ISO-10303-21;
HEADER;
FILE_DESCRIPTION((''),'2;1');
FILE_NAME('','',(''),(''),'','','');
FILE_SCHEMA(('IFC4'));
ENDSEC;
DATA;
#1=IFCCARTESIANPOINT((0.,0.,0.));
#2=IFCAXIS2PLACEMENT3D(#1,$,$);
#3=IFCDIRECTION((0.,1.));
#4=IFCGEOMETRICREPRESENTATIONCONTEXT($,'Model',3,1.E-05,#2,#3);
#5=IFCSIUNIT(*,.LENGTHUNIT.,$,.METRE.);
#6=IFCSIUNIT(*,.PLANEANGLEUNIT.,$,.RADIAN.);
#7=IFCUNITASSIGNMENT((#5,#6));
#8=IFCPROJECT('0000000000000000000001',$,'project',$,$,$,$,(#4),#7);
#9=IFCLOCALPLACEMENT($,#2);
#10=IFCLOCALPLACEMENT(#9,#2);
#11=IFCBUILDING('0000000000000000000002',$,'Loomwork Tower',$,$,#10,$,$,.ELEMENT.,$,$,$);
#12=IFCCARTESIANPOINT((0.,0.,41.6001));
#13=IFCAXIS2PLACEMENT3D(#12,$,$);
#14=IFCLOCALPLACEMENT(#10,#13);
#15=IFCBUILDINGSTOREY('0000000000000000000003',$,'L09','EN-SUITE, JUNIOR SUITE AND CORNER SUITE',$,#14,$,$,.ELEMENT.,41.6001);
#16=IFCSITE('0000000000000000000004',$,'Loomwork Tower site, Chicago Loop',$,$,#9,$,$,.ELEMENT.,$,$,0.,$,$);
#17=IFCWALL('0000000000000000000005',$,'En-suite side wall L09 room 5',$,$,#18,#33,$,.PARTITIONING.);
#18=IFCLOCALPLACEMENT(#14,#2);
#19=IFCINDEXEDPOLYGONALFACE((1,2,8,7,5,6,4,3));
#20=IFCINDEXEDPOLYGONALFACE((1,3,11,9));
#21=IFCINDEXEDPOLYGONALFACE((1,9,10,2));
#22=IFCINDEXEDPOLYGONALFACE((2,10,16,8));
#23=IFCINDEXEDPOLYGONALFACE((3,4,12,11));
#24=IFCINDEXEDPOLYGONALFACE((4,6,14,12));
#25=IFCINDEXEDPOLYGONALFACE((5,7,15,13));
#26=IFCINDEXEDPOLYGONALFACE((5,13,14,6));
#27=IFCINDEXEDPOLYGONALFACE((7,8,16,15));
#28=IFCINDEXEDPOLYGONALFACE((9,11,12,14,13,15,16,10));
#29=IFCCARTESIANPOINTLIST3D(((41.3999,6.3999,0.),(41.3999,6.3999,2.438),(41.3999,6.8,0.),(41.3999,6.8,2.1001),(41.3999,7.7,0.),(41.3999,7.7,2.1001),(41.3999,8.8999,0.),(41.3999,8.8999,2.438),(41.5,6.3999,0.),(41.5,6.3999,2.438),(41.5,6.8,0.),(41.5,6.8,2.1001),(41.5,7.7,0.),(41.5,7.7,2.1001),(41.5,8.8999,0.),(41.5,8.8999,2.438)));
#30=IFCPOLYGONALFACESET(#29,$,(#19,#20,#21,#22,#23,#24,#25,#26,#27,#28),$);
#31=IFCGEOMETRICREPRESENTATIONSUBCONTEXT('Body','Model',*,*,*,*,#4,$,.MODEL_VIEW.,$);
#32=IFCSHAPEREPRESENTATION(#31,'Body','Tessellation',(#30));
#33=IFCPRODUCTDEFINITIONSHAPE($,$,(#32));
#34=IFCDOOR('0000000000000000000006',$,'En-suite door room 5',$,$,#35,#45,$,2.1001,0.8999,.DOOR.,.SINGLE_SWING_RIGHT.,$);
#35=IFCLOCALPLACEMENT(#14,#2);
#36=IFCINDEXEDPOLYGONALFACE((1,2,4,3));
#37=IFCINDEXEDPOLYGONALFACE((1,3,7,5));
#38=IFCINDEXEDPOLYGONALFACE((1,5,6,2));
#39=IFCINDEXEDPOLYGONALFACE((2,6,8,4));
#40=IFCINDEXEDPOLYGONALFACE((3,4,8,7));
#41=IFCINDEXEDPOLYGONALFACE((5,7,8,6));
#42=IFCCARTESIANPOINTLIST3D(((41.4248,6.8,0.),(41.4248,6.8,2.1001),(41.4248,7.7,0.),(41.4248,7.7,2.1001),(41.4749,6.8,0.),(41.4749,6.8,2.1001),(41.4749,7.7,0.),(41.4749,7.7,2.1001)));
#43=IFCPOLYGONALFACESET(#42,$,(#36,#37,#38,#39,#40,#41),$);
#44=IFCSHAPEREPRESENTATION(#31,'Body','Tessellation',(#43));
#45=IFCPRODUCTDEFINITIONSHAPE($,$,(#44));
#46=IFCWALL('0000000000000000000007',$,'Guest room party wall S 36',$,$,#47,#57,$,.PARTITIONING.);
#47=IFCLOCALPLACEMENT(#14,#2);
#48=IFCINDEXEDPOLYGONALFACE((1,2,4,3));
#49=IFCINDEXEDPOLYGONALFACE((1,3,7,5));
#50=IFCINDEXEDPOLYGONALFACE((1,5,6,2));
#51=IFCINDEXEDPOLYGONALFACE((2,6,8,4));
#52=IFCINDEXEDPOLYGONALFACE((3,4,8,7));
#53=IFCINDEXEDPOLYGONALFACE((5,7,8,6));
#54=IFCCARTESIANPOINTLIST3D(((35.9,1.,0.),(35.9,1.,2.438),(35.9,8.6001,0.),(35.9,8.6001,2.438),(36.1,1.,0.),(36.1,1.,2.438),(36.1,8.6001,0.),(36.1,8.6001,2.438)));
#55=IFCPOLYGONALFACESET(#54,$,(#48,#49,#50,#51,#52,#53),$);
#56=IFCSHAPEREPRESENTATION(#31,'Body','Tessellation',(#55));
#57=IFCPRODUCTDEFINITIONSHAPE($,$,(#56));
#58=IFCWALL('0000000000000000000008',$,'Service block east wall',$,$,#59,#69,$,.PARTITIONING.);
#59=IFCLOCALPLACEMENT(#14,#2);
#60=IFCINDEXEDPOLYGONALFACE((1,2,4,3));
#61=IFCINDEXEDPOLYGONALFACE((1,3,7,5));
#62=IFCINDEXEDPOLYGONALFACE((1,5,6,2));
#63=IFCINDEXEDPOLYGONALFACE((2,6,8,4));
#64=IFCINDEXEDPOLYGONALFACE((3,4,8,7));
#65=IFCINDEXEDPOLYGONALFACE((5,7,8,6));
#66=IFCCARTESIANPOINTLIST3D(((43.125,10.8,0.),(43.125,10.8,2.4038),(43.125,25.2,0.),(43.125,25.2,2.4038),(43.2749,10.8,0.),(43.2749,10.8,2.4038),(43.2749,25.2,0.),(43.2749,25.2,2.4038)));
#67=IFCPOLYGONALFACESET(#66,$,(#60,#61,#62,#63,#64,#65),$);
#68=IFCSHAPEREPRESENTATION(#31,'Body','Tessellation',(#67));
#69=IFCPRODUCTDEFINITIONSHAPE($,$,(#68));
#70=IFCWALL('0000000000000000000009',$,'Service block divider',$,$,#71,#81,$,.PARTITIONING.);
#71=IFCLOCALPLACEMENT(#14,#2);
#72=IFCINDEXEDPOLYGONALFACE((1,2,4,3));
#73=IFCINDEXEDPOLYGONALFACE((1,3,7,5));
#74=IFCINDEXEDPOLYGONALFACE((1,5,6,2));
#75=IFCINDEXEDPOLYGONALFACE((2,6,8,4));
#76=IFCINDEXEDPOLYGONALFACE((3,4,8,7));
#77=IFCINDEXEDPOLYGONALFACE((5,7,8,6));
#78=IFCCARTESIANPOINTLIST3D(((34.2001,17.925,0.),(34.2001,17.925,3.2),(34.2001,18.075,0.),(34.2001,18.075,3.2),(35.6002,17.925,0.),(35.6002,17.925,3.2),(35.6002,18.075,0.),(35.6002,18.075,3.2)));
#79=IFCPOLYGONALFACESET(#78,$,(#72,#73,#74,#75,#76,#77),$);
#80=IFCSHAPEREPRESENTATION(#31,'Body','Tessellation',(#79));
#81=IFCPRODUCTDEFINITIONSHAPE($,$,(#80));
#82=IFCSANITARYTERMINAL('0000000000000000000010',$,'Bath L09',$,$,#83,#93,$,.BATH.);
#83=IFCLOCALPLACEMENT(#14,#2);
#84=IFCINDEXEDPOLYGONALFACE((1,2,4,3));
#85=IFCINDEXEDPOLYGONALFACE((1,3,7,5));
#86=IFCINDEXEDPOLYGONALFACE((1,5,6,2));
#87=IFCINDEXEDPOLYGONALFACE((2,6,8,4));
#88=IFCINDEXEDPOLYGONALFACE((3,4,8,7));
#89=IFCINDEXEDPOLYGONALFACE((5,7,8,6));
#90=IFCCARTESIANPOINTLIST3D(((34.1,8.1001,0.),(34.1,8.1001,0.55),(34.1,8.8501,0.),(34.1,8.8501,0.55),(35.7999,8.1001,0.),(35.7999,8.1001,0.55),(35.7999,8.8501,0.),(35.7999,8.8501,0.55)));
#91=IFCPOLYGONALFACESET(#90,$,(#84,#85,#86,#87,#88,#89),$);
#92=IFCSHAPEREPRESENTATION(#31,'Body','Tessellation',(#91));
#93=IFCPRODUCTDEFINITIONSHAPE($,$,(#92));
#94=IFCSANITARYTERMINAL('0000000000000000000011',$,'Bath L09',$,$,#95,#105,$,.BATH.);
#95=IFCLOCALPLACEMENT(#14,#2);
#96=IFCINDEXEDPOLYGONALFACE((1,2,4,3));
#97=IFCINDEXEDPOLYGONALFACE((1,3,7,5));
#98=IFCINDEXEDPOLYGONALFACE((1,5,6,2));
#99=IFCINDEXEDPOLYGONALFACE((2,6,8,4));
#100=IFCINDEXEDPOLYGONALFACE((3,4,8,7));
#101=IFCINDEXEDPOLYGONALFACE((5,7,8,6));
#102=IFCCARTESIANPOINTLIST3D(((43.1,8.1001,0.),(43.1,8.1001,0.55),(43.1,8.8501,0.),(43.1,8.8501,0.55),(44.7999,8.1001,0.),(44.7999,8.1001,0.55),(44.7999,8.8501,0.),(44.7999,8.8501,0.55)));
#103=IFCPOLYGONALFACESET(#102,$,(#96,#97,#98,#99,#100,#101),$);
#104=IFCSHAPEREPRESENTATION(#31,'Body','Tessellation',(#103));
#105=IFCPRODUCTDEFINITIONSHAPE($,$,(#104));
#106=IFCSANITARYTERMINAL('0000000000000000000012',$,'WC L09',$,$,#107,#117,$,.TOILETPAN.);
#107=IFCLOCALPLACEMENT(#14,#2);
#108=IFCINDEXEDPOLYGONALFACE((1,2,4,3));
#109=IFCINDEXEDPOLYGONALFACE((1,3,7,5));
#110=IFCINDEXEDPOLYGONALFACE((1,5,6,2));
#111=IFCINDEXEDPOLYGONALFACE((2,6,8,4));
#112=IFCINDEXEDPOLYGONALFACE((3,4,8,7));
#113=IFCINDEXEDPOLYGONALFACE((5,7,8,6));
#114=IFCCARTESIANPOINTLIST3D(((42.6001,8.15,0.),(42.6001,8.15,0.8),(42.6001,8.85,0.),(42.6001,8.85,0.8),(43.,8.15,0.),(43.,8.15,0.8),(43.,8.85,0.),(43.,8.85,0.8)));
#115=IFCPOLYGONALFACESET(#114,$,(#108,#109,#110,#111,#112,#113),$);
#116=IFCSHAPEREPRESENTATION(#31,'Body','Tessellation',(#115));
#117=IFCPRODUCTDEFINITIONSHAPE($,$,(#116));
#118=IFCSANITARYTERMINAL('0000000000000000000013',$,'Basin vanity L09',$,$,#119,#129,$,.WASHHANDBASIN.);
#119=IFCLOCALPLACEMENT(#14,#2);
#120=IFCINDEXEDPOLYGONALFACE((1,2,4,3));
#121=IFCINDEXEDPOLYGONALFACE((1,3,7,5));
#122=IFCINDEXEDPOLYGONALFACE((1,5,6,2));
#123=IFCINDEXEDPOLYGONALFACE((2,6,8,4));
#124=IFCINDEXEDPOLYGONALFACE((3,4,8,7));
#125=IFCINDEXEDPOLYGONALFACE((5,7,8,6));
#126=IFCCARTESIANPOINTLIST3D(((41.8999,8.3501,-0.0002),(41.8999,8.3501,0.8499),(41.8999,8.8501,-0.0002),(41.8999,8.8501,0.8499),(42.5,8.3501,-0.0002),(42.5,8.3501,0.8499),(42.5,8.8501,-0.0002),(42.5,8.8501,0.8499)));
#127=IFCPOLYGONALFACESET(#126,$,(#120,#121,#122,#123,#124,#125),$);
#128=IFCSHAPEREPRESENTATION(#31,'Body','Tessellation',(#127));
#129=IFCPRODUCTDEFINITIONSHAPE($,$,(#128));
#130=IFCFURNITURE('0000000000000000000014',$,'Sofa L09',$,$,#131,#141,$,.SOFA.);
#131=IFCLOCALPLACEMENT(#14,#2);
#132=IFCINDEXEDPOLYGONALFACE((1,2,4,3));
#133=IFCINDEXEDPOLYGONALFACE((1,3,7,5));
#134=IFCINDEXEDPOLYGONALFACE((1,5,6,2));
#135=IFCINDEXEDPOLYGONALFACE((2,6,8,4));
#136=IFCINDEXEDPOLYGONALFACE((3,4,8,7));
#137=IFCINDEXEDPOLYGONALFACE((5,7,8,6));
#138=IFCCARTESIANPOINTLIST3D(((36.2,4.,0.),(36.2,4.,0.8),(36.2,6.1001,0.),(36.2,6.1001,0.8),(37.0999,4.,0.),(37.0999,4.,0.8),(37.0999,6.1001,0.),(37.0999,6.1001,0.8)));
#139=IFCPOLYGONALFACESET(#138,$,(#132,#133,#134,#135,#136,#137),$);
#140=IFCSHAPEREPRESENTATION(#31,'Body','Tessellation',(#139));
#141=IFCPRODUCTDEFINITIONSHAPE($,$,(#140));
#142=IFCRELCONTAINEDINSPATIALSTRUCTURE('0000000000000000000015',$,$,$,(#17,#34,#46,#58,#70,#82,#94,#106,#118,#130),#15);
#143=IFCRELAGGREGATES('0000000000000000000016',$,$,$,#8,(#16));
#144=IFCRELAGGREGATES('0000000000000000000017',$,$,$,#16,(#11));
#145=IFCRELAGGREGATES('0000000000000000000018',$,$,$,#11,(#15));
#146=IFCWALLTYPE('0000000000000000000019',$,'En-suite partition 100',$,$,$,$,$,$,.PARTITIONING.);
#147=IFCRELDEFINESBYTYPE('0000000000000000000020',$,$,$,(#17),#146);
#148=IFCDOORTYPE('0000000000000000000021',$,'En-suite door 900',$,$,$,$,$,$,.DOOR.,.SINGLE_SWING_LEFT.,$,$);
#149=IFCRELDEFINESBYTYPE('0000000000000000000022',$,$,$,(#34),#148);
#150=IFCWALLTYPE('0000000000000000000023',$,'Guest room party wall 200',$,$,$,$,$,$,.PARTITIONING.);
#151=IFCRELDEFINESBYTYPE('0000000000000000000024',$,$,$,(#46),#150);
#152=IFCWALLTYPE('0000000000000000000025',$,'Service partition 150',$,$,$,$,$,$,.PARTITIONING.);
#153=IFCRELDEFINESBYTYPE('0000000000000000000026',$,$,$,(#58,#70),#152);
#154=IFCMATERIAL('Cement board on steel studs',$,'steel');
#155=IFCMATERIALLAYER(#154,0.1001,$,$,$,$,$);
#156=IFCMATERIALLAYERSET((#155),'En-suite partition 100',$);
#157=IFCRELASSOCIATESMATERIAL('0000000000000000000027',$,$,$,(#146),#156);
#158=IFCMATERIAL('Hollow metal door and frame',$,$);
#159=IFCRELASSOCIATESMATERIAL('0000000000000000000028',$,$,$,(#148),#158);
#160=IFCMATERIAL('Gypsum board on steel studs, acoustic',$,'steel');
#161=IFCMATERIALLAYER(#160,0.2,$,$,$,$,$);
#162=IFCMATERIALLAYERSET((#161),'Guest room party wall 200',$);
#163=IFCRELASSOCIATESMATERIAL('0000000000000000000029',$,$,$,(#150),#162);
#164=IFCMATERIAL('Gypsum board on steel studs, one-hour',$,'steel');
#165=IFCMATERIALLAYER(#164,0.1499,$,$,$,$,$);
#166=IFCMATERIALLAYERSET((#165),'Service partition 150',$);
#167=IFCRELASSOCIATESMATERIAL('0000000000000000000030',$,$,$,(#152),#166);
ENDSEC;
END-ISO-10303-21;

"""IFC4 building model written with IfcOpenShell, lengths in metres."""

from ifc_helpers import new_model, si_unit, direction, frame, frame_2d, origin, origin_2d, place, context, subcontext, project, spatial, rectangle, extrude, material, layer, layer_set, type_object, element, fill, save


model = new_model("IFC4")

# Units and contexts
model_context = context("Model", 3, precision=1e-05, world=origin(), true_north=direction((0.0, 1.0)))
body_context = subcontext(model_context, "Body", "Model", "MODEL_VIEW")
ifc_project = project(units=[si_unit("LENGTHUNIT", "METRE"), si_unit("PLANEANGLEUNIT", "RADIAN")], contexts=[model_context])

# Site, building, storey
site_placement = place(None, origin())
site = spatial("IfcSite", under=ifc_project, at=site_placement, Name="Loomwork Tower site, Chicago Loop", CompositionType="ELEMENT", RefElevation=0.0)
building_placement = place(site_placement, origin())
building = spatial("IfcBuilding", under=site, at=building_placement, Name="Loomwork Tower", CompositionType="ELEMENT")
storey_placement = place(building_placement, frame((0.0, 0.0, 41.6001)))
storey = spatial("IfcBuildingStorey", under=building, at=storey_placement, Name="L09", Description="EN-SUITE, JUNIOR SUITE AND CORNER SUITE", CompositionType="ELEMENT", Elevation=41.6001)

# Shared definitions
ifc_material_1 = material(Name="Cement board on steel studs", Category="steel")
ifc_layer_1 = layer(ifc_material_1, 0.1001)
ifc_layer_set_1 = layer_set([ifc_layer_1], Name="En-suite partition 100")
wall_type_1 = type_object("IfcWallType", Name="En-suite partition 100", PredefinedType="PARTITIONING", material=ifc_layer_set_1)

# Wall, opening, door
wall_1_placement = place(storey_placement, frame((41.45, 8.8999, 0.0), z_axis=(0.0, 0.0, 1.0), x_axis=(0.0, -1.0, 0.0)))
wall_1 = element("IfcWall", 1, at=wall_1_placement, inside=storey, type_object=wall_type_1, Name="En-suite side wall L09 room 5", PredefinedType="PARTITIONING", context=body_context, shape_type="SweptSolid", body=[
    extrude(rectangle(XDim=2.5, YDim=0.1001, at=frame_2d((1.25, 0.0))), origin(), (0.0, 0.0, 1.0), 2.438),
])
opening_1_placement = place(wall_1_placement, frame((1.2, 0.0, 0.0)))
opening_1 = element("IfcOpeningElement", 2, at=opening_1_placement, cuts=wall_1, PredefinedType="OPENING", context=body_context, shape_type="SweptSolid", body=[
    extrude(rectangle(XDim=0.8999, YDim=2.1001, at=frame_2d((0.45, 1.05))), frame((0.0, 0.0601, 0.0), z_axis=(0.0, -1.0, 0.0), x_axis=(1.0, 0.0, 0.0)), (0.0, 0.0, 1.0), 0.1201),
])
ifc_material_2 = material(Name="Hollow metal door and frame")
door_type_1 = type_object("IfcDoorType", Name="En-suite door 900", OperationType="SINGLE_SWING_LEFT", PredefinedType="DOOR", material=ifc_material_2)
door_1_placement = place(opening_1_placement, origin())
door_1 = element("IfcDoor", 3, at=door_1_placement, inside=storey, type_object=door_type_1, Name="En-suite door room 5", OperationType="SINGLE_SWING_RIGHT", OverallHeight=2.1001, OverallWidth=0.8999, PredefinedType="DOOR", context=body_context, shape_type="SweptSolid", body=[
    extrude(rectangle(XDim=0.8999, YDim=2.1001, at=frame_2d((0.45, 1.05))), frame((0.0, 0.0249, 0.0), z_axis=(0.0, -1.0, 0.0), x_axis=(1.0, 0.0, 0.0)), (0.0, 0.0, 1.0), 0.05),
])
fill(opening_1, door_1)

# Walls
ifc_material_3 = material(Name="Gypsum board on steel studs, acoustic", Category="steel")
ifc_layer_2 = layer(ifc_material_3, 0.2)
ifc_layer_set_2 = layer_set([ifc_layer_2], Name="Guest room party wall 200")
wall_type_2 = type_object("IfcWallType", Name="Guest room party wall 200", PredefinedType="PARTITIONING", material=ifc_layer_set_2)
wall_2_placement = place(storey_placement, frame((36.0, 8.6001, 0.0), z_axis=(0.0, 0.0, 1.0), x_axis=(0.0, -1.0, 0.0)))
element("IfcWall", 4, at=wall_2_placement, inside=storey, type_object=wall_type_2, Name="Guest room party wall S 36", PredefinedType="PARTITIONING", context=body_context, shape_type="SweptSolid", body=[
    extrude(rectangle(XDim=7.6001, YDim=0.2, at=frame_2d((3.8, 0.0))), origin(), (0.0, 0.0, 1.0), 2.438),
])
ifc_material_4 = material(Name="Gypsum board on steel studs, one-hour", Category="steel")
ifc_layer_3 = layer(ifc_material_4, 0.1499)
ifc_layer_set_3 = layer_set([ifc_layer_3], Name="Service partition 150")
wall_type_3 = type_object("IfcWallType", Name="Service partition 150", PredefinedType="PARTITIONING", material=ifc_layer_set_3)
wall_3_placement = place(storey_placement, frame((43.2, 10.8, 0.0), z_axis=(0.0, 0.0, 1.0), x_axis=(0.0, 1.0, 0.0)))
element("IfcWall", 5, at=wall_3_placement, inside=storey, type_object=wall_type_3, Name="Service block east wall", PredefinedType="PARTITIONING", context=body_context, shape_type="SweptSolid", body=[
    extrude(rectangle(XDim=14.3999, YDim=0.1499, at=frame_2d((7.2, 0.0))), origin(), (0.0, 0.0, 1.0), 2.4038),
])
wall_4_placement = place(storey_placement, frame((34.2, 18.0, 0.0), z_axis=(0.0, 0.0, 1.0), x_axis=(1.0, 0.0, 0.0)))
element("IfcWall", 6, at=wall_4_placement, inside=storey, type_object=wall_type_3, Name="Service block divider", PredefinedType="PARTITIONING", context=body_context, shape_type="SweptSolid", body=[
    extrude(rectangle(XDim=1.4001, YDim=0.1499, at=frame_2d((0.7002, 0.0))), origin(), (0.0, 0.0, 1.0), 3.2),
])

# Sanitary terminals
for number, where, z_axis, x_axis, name in (
    (7, (34.95, 8.4751, 0.0), (0.0, 0.0, 1.0), (1.0, 0.0, 0.0), "Bath L09"),
    (8, (43.95, 8.4751, 0.0), (0.0, 0.0, 1.0), (1.0, 0.0, 0.0), "Bath L09"),
):
    element("IfcSanitaryTerminal", number, at=place(storey_placement, frame(where, z_axis=z_axis, x_axis=x_axis)), inside=storey, Name=name, PredefinedType="BATH", context=body_context, shape_type="SweptSolid", body=[
        extrude(rectangle(XDim=1.7, YDim=0.75, at=origin_2d()), origin(), (0.0, 0.0, 1.0), 0.55),
    ])
sanitary_terminal_1_placement = place(storey_placement, frame((42.8, 8.5, 0.0), z_axis=(0.0, 0.0, 1.0), x_axis=(1.0, 0.0, 0.0)))
element("IfcSanitaryTerminal", 9, at=sanitary_terminal_1_placement, inside=storey, Name="WC L09", PredefinedType="TOILETPAN", context=body_context, shape_type="SweptSolid", body=[
    extrude(rectangle(XDim=0.3999, YDim=0.7, at=origin_2d()), origin(), (0.0, 0.0, 1.0), 0.8),
])
sanitary_terminal_2_placement = place(storey_placement, frame((42.2, 8.6001, -0.0002), z_axis=(0.0, 0.0, 1.0), x_axis=(1.0, 0.0, 0.0)))
element("IfcSanitaryTerminal", 10, at=sanitary_terminal_2_placement, inside=storey, Name="Basin vanity L09", PredefinedType="WASHHANDBASIN", context=body_context, shape_type="SweptSolid", body=[
    extrude(rectangle(XDim=0.6001, YDim=0.5, at=origin_2d()), origin(), (0.0, 0.0, 1.0), 0.8501),
])

# Furniture
furniture_placement = place(storey_placement, frame((36.6499, 5.05, 0.0), z_axis=(0.0, 0.0, 1.0), x_axis=(1.0, 0.0, 0.0)))
element("IfcFurniture", 11, at=furniture_placement, inside=storey, Name="Sofa L09", PredefinedType="SOFA", context=body_context, shape_type="SweptSolid", body=[
    extrude(rectangle(XDim=0.8999, YDim=2.1001, at=origin_2d()), origin(), (0.0, 0.0, 1.0), 0.8),
])

save(model, "model.ifc")
